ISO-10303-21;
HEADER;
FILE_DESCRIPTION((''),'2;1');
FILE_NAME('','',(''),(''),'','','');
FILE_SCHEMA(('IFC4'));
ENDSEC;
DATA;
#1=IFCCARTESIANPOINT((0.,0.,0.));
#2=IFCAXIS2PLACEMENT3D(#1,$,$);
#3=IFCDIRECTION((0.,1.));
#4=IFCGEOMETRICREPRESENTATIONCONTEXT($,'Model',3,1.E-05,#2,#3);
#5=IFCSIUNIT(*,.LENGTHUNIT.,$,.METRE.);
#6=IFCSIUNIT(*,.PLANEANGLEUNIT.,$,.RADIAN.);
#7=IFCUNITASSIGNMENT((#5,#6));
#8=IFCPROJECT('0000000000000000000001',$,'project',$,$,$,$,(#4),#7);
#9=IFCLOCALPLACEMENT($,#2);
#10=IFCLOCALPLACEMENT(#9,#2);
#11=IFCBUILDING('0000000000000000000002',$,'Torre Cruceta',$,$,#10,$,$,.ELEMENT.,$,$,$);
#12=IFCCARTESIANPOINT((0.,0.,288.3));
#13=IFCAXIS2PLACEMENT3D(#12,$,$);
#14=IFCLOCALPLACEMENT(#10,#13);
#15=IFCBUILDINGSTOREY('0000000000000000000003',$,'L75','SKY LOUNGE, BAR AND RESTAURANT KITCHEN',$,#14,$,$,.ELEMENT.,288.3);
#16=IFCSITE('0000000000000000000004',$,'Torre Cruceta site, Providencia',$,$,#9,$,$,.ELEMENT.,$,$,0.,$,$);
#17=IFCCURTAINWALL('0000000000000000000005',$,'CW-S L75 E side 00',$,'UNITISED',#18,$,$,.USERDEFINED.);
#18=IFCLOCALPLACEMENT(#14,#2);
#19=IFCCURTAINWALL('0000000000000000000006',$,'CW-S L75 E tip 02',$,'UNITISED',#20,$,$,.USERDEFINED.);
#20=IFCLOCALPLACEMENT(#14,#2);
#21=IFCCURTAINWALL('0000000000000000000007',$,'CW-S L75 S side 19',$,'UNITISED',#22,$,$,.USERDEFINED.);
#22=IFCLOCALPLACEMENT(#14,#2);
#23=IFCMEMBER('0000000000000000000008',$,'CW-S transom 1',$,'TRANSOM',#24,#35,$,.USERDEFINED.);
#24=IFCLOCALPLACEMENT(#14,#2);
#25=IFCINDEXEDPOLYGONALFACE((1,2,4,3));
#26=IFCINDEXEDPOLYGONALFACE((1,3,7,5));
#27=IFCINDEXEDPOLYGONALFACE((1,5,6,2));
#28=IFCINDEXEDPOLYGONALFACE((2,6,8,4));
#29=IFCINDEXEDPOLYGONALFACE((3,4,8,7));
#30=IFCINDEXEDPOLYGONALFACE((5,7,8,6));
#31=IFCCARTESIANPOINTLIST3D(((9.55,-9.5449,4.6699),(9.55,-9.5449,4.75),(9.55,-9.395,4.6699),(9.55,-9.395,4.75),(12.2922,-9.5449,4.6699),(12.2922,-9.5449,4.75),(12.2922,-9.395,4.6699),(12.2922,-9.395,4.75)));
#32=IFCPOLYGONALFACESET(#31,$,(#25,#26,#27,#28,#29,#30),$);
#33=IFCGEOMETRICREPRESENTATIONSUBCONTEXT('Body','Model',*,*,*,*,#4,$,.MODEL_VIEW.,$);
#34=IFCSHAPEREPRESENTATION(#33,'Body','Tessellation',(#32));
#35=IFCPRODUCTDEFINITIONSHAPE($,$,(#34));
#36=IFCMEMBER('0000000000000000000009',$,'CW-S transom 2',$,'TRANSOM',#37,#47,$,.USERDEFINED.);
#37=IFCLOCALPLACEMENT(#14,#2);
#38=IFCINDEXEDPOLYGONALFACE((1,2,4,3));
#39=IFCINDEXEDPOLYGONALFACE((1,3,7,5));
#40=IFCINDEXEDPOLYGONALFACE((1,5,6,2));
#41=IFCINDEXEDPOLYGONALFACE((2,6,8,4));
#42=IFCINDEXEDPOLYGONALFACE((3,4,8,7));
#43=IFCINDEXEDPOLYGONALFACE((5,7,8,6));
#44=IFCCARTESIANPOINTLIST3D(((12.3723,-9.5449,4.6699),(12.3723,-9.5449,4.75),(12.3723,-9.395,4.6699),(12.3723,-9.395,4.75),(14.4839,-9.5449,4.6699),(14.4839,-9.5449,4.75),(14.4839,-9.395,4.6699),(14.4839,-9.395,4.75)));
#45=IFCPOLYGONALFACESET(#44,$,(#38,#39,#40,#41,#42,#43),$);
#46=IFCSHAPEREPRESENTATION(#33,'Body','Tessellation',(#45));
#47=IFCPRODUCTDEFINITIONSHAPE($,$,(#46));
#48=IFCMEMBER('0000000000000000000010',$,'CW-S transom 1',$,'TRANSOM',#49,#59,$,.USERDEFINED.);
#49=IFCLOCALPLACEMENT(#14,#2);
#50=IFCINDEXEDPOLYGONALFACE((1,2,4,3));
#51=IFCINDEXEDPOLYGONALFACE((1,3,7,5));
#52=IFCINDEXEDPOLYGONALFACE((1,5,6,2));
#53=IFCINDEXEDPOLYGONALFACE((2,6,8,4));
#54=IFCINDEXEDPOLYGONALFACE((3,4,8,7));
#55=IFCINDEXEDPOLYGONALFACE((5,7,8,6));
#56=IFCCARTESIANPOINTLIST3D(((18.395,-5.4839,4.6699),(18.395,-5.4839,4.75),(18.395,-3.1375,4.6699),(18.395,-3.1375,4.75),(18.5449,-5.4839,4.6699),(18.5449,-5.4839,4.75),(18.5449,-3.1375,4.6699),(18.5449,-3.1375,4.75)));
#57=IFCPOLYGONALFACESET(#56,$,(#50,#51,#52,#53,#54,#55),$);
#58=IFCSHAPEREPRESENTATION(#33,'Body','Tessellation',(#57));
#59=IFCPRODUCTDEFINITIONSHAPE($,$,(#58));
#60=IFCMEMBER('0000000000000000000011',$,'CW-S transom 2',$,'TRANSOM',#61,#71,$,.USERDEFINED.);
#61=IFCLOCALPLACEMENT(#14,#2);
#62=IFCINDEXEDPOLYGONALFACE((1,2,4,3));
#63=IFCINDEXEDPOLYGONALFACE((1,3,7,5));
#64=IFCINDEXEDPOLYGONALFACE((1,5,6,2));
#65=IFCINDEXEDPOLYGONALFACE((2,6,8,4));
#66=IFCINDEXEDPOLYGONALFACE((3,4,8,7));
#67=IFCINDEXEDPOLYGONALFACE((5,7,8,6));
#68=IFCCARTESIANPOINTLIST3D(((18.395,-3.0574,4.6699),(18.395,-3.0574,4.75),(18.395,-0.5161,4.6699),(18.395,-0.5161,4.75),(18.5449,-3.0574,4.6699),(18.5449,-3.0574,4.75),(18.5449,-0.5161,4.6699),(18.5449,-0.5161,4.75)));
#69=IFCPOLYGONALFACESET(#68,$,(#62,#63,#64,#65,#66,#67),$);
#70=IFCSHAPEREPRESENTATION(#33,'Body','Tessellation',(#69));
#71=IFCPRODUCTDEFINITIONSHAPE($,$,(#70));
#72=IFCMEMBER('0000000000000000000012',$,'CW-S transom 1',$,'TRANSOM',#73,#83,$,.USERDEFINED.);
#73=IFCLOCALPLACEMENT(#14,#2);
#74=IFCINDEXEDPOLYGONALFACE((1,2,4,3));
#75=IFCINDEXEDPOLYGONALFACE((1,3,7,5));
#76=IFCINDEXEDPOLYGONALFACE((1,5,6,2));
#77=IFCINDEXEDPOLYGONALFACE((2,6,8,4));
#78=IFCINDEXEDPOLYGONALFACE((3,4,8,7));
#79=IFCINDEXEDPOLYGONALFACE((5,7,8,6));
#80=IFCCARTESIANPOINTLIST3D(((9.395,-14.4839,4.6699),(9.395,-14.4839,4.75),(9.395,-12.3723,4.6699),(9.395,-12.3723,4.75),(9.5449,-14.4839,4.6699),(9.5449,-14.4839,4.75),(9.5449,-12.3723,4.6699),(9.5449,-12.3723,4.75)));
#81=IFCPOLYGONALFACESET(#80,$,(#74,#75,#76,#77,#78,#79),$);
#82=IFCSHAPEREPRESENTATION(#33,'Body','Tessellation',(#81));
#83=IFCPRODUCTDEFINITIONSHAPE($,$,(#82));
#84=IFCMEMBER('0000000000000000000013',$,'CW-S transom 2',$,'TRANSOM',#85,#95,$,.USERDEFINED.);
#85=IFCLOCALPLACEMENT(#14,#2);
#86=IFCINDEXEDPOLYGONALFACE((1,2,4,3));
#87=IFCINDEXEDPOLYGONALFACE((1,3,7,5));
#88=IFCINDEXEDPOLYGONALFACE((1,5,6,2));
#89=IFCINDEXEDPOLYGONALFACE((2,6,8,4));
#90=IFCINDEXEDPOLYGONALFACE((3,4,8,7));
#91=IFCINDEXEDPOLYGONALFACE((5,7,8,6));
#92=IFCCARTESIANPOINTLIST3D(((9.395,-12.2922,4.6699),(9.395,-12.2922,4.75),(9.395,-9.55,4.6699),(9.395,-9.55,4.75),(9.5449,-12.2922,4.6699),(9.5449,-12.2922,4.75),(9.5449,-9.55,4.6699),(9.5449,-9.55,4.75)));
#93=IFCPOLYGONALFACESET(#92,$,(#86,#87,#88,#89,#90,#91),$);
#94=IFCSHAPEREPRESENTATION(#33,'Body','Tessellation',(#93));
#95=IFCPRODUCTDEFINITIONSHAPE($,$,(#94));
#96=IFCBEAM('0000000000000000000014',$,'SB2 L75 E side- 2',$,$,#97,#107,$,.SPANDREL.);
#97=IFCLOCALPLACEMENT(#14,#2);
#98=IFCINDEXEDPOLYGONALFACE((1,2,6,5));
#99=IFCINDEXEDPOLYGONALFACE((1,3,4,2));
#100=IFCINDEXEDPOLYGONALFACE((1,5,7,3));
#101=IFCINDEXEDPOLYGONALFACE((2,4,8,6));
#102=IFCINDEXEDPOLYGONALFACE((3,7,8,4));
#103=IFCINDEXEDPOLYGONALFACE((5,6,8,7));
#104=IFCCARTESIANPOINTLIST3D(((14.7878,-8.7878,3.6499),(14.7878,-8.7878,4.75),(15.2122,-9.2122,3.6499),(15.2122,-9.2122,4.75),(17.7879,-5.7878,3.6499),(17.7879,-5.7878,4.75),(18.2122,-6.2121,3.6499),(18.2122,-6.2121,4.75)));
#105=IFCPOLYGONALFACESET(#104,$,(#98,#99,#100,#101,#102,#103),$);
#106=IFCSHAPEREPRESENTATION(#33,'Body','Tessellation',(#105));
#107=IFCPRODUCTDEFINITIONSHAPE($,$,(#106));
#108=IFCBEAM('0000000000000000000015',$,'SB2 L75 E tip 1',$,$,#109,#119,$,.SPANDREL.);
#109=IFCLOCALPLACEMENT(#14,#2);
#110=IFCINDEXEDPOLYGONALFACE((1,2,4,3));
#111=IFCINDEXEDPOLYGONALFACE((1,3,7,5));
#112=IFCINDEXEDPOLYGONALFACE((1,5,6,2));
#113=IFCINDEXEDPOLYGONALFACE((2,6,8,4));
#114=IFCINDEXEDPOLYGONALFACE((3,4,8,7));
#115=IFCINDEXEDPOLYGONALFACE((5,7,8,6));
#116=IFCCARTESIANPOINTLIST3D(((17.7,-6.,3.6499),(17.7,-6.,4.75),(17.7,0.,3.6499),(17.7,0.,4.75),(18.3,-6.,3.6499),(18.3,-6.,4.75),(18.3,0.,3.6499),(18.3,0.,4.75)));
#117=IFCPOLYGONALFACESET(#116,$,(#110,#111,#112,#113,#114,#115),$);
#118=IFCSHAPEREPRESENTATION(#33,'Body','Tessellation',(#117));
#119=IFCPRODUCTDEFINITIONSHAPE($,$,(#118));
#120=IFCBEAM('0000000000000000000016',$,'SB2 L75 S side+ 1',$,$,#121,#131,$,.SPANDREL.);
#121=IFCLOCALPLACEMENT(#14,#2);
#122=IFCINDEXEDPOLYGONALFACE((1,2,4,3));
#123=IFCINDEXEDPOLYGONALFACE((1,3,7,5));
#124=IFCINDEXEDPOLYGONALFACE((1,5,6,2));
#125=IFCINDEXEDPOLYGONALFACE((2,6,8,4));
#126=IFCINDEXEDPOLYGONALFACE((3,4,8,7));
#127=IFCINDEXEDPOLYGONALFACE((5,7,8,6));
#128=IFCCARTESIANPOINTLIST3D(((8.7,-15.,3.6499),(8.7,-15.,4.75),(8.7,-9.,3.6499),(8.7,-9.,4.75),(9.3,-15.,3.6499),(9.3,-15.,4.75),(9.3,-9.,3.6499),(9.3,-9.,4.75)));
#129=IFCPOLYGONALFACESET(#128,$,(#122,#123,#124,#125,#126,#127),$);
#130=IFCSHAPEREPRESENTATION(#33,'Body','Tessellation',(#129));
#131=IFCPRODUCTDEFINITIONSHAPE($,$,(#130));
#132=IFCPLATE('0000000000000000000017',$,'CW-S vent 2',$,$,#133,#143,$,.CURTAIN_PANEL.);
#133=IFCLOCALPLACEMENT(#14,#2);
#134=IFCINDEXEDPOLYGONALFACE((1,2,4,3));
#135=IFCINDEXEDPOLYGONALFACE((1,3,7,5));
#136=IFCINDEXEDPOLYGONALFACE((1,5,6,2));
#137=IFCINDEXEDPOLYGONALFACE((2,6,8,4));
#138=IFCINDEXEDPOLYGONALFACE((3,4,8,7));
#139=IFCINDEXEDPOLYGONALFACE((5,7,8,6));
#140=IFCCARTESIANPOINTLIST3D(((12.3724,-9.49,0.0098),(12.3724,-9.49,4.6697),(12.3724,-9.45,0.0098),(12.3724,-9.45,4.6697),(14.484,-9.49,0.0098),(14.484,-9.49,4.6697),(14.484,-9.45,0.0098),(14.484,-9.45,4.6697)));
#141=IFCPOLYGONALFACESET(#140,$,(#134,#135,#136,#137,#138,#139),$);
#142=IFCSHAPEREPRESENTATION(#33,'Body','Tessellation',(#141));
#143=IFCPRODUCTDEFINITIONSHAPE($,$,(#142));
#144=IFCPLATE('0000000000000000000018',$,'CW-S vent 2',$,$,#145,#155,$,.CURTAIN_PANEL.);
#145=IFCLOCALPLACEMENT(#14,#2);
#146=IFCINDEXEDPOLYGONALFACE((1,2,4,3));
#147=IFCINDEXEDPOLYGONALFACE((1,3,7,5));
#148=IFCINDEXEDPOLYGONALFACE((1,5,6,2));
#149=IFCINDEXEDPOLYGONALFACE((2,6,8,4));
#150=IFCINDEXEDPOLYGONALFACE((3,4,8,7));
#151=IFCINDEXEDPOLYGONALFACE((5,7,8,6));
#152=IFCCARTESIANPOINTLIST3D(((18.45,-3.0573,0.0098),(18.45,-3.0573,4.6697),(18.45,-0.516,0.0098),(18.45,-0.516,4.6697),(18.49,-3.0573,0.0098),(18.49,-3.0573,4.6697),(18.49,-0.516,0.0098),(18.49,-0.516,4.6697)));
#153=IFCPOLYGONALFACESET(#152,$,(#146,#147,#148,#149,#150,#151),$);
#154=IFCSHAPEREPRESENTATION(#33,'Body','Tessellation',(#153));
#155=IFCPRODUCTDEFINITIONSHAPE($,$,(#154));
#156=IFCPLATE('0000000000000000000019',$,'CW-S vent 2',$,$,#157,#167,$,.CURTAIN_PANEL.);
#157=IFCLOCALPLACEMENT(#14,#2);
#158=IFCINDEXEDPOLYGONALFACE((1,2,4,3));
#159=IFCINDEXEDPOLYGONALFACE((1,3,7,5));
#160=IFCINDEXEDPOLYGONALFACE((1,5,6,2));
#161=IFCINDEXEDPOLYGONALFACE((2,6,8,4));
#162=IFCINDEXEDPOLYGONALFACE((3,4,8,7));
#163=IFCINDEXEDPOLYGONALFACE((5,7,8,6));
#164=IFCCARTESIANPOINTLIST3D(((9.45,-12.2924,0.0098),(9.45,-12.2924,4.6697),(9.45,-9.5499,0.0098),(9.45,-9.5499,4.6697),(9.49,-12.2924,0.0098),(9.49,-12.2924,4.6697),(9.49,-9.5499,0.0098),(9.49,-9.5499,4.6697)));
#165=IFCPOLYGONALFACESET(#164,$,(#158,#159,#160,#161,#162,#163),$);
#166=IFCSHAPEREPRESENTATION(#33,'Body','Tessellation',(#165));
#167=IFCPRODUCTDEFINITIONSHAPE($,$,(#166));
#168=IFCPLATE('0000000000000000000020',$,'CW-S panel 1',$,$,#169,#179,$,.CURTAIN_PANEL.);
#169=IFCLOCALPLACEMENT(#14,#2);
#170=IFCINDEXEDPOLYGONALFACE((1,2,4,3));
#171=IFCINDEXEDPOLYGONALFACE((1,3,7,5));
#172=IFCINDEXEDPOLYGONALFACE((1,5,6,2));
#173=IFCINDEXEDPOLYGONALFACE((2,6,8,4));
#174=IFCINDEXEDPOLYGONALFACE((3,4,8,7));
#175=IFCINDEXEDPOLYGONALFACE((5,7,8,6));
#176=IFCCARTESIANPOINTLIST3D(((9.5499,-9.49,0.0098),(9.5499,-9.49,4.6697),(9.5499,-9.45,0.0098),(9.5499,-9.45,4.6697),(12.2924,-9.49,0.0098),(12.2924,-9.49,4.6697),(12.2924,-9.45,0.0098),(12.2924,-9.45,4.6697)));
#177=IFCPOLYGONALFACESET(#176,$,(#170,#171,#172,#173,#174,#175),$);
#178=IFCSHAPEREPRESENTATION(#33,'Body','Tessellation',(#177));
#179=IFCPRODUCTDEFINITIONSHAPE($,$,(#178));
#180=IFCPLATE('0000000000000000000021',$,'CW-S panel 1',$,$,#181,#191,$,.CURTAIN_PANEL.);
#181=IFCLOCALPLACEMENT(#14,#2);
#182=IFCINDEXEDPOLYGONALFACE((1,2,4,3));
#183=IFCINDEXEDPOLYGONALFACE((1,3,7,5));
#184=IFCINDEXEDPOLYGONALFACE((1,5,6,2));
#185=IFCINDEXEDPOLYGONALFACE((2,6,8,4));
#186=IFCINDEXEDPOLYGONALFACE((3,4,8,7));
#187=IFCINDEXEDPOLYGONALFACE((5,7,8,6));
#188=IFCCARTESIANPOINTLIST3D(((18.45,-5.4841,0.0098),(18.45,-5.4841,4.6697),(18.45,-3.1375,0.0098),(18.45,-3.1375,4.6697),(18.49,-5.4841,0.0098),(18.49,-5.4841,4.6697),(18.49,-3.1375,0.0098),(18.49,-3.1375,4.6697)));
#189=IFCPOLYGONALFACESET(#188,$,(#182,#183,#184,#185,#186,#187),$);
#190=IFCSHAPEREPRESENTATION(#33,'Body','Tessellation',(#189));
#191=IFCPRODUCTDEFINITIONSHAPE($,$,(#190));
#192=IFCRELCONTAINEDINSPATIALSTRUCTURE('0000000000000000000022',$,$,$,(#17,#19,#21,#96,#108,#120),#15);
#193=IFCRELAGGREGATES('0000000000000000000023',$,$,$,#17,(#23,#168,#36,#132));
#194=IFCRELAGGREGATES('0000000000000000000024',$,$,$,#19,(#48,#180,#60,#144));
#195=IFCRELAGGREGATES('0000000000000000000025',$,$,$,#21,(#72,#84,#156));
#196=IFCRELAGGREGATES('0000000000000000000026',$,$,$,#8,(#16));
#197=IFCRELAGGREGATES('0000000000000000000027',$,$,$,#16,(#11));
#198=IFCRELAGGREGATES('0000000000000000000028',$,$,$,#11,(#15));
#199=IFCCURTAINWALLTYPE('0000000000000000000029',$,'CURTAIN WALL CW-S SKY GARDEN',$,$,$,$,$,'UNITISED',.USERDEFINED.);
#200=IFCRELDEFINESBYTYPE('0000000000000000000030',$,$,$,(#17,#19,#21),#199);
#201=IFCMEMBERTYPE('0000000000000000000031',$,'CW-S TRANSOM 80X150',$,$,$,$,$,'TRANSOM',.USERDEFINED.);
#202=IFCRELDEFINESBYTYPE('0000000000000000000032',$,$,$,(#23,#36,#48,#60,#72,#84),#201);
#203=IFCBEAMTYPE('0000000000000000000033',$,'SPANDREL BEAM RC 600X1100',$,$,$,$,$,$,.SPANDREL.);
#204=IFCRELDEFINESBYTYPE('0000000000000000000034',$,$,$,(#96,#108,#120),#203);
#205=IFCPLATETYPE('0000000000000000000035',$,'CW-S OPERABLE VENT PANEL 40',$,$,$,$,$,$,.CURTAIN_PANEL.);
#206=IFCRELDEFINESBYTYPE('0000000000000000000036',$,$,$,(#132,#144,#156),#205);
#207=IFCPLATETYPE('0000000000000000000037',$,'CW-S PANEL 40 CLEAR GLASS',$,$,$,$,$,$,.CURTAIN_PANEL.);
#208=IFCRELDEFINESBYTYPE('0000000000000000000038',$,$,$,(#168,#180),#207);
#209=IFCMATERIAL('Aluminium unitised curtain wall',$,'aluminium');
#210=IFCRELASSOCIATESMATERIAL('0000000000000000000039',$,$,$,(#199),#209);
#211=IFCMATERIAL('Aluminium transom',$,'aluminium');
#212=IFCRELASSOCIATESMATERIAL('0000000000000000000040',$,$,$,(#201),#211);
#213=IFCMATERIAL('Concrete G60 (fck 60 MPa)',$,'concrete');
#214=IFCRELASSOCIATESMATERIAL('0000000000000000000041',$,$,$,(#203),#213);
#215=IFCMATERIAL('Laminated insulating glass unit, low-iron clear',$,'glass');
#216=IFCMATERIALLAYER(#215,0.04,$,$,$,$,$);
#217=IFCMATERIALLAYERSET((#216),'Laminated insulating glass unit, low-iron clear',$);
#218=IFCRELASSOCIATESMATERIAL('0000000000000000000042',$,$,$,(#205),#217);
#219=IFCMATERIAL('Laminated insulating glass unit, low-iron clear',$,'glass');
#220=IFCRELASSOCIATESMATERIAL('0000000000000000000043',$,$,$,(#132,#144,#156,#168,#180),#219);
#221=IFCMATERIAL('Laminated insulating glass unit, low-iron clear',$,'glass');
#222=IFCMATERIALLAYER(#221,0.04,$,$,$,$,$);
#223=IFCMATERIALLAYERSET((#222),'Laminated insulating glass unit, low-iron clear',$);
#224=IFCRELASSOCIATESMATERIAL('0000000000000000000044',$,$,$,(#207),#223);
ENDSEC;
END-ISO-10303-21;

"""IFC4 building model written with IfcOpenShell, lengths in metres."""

from ifc_helpers import new_model, si_unit, direction, frame, origin, origin_2d, place, context, subcontext, project, spatial, rectangle, extrude, material, layer, layer_set, material_profile, profile_set, type_object, element, aggregate, save


model = new_model("IFC4")

# Units and contexts
model_context = context("Model", 3, precision=1e-05, world=origin(), true_north=direction((0.0, 1.0)))
body_context = subcontext(model_context, "Body", "Model", "MODEL_VIEW")
ifc_project = project(units=[si_unit("LENGTHUNIT", "METRE"), si_unit("PLANEANGLEUNIT", "RADIAN")], contexts=[model_context])

# Site, building, storey
site_placement = place(None, origin())
site = spatial("IfcSite", under=ifc_project, at=site_placement, Name="Torre Cruceta site, Providencia", CompositionType="ELEMENT", RefElevation=0.0)
building_placement = place(site_placement, origin())
building = spatial("IfcBuilding", under=site, at=building_placement, Name="Torre Cruceta", CompositionType="ELEMENT")
storey_placement = place(building_placement, frame((0.0, 0.0, 288.3)))
storey = spatial("IfcBuildingStorey", under=building, at=storey_placement, Name="L75", Description="SKY LOUNGE, BAR AND RESTAURANT KITCHEN", CompositionType="ELEMENT", Elevation=288.3)

# Curtain walls
ifc_material_1 = material(Name="Aluminium unitised curtain wall", Category="aluminium")
curtain_wall_type = type_object("IfcCurtainWallType", Name="CURTAIN WALL CW-S SKY GARDEN", ElementType="UNITISED", PredefinedType="USERDEFINED", material=ifc_material_1)
curtain_wall_1_placement = place(storey_placement, origin())
curtain_wall_1 = element("IfcCurtainWall", 1, at=curtain_wall_1_placement, inside=storey, type_object=curtain_wall_type, Name="CW-S L75 E side 00", ObjectType="UNITISED", PredefinedType="USERDEFINED")
curtain_wall_2_placement = place(storey_placement, origin())
curtain_wall_2 = element("IfcCurtainWall", 2, at=curtain_wall_2_placement, inside=storey, type_object=curtain_wall_type, Name="CW-S L75 E tip 02", ObjectType="UNITISED", PredefinedType="USERDEFINED")
curtain_wall_3_placement = place(storey_placement, origin())
curtain_wall_3 = element("IfcCurtainWall", 3, at=curtain_wall_3_placement, inside=storey, type_object=curtain_wall_type, Name="CW-S L75 S side 19", ObjectType="UNITISED", PredefinedType="USERDEFINED")

# Members
ifc_material_2 = material(Name="Aluminium transom", Category="aluminium")
ifc_material_profile_1 = material_profile(ifc_material_2, rectangle(XDim=0.1499, YDim=0.0801, at=origin_2d()), Name="AL 150X80")
ifc_profile_set_1 = profile_set([ifc_material_profile_1], Name="Aluminium transom")
member_type_1 = type_object("IfcMemberType", Name="CW-S TRANSOM 80X150", ElementType="TRANSOM", PredefinedType="USERDEFINED", material=ifc_profile_set_1)
member_1_placement = place(storey_placement, frame((9.55, -9.47, 4.71), z_axis=(1.0, 0.0, 0.0), x_axis=(0.0, 1.0, 0.0)))
member_1 = element("IfcMember", 4, at=member_1_placement, type_object=member_type_1, Name="CW-S transom 1", ObjectType="TRANSOM", PredefinedType="USERDEFINED", context=body_context, shape_type="SweptSolid", body=[
    extrude(rectangle(XDim=0.1499, YDim=0.0801, at=origin_2d()), origin(), (0.0, 0.0, 1.0), 2.7422),
])
member_2_placement = place(storey_placement, frame((12.3723, -9.47, 4.71), z_axis=(1.0, 0.0, 0.0), x_axis=(0.0, 1.0, 0.0)))
member_2 = element("IfcMember", 5, at=member_2_placement, type_object=member_type_1, Name="CW-S transom 2", ObjectType="TRANSOM", PredefinedType="USERDEFINED", context=body_context, shape_type="SweptSolid", body=[
    extrude(rectangle(XDim=0.1499, YDim=0.0801, at=origin_2d()), origin(), (0.0, 0.0, 1.0), 2.1116),
])
member_3_placement = place(storey_placement, frame((18.47, -5.4839, 4.71), z_axis=(0.0, 1.0, 0.0), x_axis=(-1.0, 0.0, 0.0)))
member_3 = element("IfcMember", 6, at=member_3_placement, type_object=member_type_1, Name="CW-S transom 1", ObjectType="TRANSOM", PredefinedType="USERDEFINED", context=body_context, shape_type="SweptSolid", body=[
    extrude(rectangle(XDim=0.1499, YDim=0.0801, at=origin_2d()), origin(), (0.0, 0.0, 1.0), 2.3464),
])
member_4_placement = place(storey_placement, frame((18.47, -3.0574, 4.71), z_axis=(0.0, 1.0, 0.0), x_axis=(-1.0, 0.0, 0.0)))
member_4 = element("IfcMember", 7, at=member_4_placement, type_object=member_type_1, Name="CW-S transom 2", ObjectType="TRANSOM", PredefinedType="USERDEFINED", context=body_context, shape_type="SweptSolid", body=[
    extrude(rectangle(XDim=0.1499, YDim=0.0801, at=origin_2d()), origin(), (0.0, 0.0, 1.0), 2.5413),
])
member_5_placement = place(storey_placement, frame((9.47, -14.4839, 4.71), z_axis=(0.0, 1.0, 0.0), x_axis=(-1.0, 0.0, 0.0)))
member_5 = element("IfcMember", 8, at=member_5_placement, type_object=member_type_1, Name="CW-S transom 1", ObjectType="TRANSOM", PredefinedType="USERDEFINED", context=body_context, shape_type="SweptSolid", body=[
    extrude(rectangle(XDim=0.1499, YDim=0.0801, at=origin_2d()), origin(), (0.0, 0.0, 1.0), 2.1116),
])
member_6_placement = place(storey_placement, frame((9.47, -12.2922, 4.71), z_axis=(0.0, 1.0, 0.0), x_axis=(-1.0, 0.0, 0.0)))
member_6 = element("IfcMember", 9, at=member_6_placement, type_object=member_type_1, Name="CW-S transom 2", ObjectType="TRANSOM", PredefinedType="USERDEFINED", context=body_context, shape_type="SweptSolid", body=[
    extrude(rectangle(XDim=0.1499, YDim=0.0801, at=origin_2d()), origin(), (0.0, 0.0, 1.0), 2.7422),
])

# Beams
ifc_material_3 = material(Name="Concrete G60 (fck 60 MPa)", Category="concrete")
ifc_material_profile_2 = material_profile(ifc_material_3, rectangle(XDim=0.6001, YDim=1.1001, at=origin_2d()), Name="RC 600X1100")
ifc_profile_set_2 = profile_set([ifc_material_profile_2], Name="Concrete G60 (fck 60 MPa)")
beam_type_1 = type_object("IfcBeamType", Name="SPANDREL BEAM RC 600X1100", PredefinedType="SPANDREL", material=ifc_profile_set_2)
beam_1_placement = place(storey_placement, frame((15.0, -9.0, 4.2), z_axis=(0.707107, 0.707107, 0.0), x_axis=(-0.707107, 0.707107, 0.0)))
element("IfcBeam", 10, at=beam_1_placement, inside=storey, type_object=beam_type_1, Name="SB2 L75 E side- 2", PredefinedType="SPANDREL", context=body_context, shape_type="SweptSolid", body=[
    extrude(rectangle(XDim=0.6001, YDim=1.1001, at=origin_2d()), origin(), (0.0, 0.0, 1.0), 4.2427),
])
for number, where, z_axis, x_axis, name in (
    (11, (18.0, -6.0, 4.2), (0.0, 1.0, 0.0), (-1.0, 0.0, 0.0), "SB2 L75 E tip 1"),
    (12, (9.0, -9.0, 4.2), (0.0, -1.0, 0.0), (1.0, 0.0, 0.0), "SB2 L75 S side+ 1"),
):
    element("IfcBeam", number, at=place(storey_placement, frame(where, z_axis=z_axis, x_axis=x_axis)), inside=storey, type_object=beam_type_1, Name=name, PredefinedType="SPANDREL", context=body_context, shape_type="SweptSolid", body=[
        extrude(rectangle(XDim=0.6001, YDim=1.1001, at=origin_2d()), origin(), (0.0, 0.0, 1.0), 6.0),
    ])

# Plates
ifc_material_4 = material(Name="Laminated insulating glass unit, low-iron clear", Category="glass")
ifc_material_5 = material(Name="Laminated insulating glass unit, low-iron clear", Category="glass")
ifc_layer_1 = layer(ifc_material_5, 0.04)
ifc_layer_set_1 = layer_set([ifc_layer_1], Name="Laminated insulating glass unit, low-iron clear")
plate_type_1 = type_object("IfcPlateType", Name="CW-S OPERABLE VENT PANEL 40", PredefinedType="CURTAIN_PANEL", material=ifc_layer_set_1)
plate_1_placement = place(storey_placement, frame((13.4282, -9.47, 0.0098), z_axis=(0.0, 0.0, 1.0), x_axis=(1.0, 0.0, 0.0)))
plate_1 = element("IfcPlate", 13, at=plate_1_placement, type_object=plate_type_1, material=ifc_material_4, Name="CW-S vent 2", PredefinedType="CURTAIN_PANEL", context=body_context, shape_type="SweptSolid", body=[
    extrude(rectangle(XDim=2.1116, YDim=0.04, at=origin_2d()), origin(), (0.0, 0.0, 1.0), 4.6599),
])
plate_2_placement = place(storey_placement, frame((18.47, -1.7866, 0.0098), z_axis=(0.0, 0.0, 1.0), x_axis=(0.0, 1.0, 0.0)))
plate_2 = element("IfcPlate", 14, at=plate_2_placement, type_object=plate_type_1, material=ifc_material_4, Name="CW-S vent 2", PredefinedType="CURTAIN_PANEL", context=body_context, shape_type="SweptSolid", body=[
    extrude(rectangle(XDim=2.5413, YDim=0.04, at=origin_2d()), origin(), (0.0, 0.0, 1.0), 4.6599),
])
plate_3_placement = place(storey_placement, frame((9.47, -10.9211, 0.0098), z_axis=(0.0, 0.0, 1.0), x_axis=(0.0, 1.0, 0.0)))
plate_3 = element("IfcPlate", 15, at=plate_3_placement, type_object=plate_type_1, material=ifc_material_4, Name="CW-S vent 2", PredefinedType="CURTAIN_PANEL", context=body_context, shape_type="SweptSolid", body=[
    extrude(rectangle(XDim=2.7424, YDim=0.04, at=origin_2d()), origin(), (0.0, 0.0, 1.0), 4.6599),
])
ifc_material_6 = material(Name="Laminated insulating glass unit, low-iron clear", Category="glass")
ifc_layer_2 = layer(ifc_material_6, 0.04)
ifc_layer_set_2 = layer_set([ifc_layer_2], Name="Laminated insulating glass unit, low-iron clear")
plate_type_2 = type_object("IfcPlateType", Name="CW-S PANEL 40 CLEAR GLASS", PredefinedType="CURTAIN_PANEL", material=ifc_layer_set_2)
plate_4_placement = place(storey_placement, frame((10.9211, -9.47, 0.0098), z_axis=(0.0, 0.0, 1.0), x_axis=(1.0, 0.0, 0.0)))
plate_4 = element("IfcPlate", 16, at=plate_4_placement, type_object=plate_type_2, material=ifc_material_4, Name="CW-S panel 1", PredefinedType="CURTAIN_PANEL", context=body_context, shape_type="SweptSolid", body=[
    extrude(rectangle(XDim=2.7424, YDim=0.04, at=origin_2d()), origin(), (0.0, 0.0, 1.0), 4.6599),
])
aggregate(curtain_wall_1, [member_1, plate_4, member_2, plate_1])
plate_5_placement = place(storey_placement, frame((18.47, -4.3108, 0.0098), z_axis=(0.0, 0.0, 1.0), x_axis=(0.0, 1.0, 0.0)))
plate_5 = element("IfcPlate", 17, at=plate_5_placement, type_object=plate_type_2, material=ifc_material_4, Name="CW-S panel 1", PredefinedType="CURTAIN_PANEL", context=body_context, shape_type="SweptSolid", body=[
    extrude(rectangle(XDim=2.3467, YDim=0.04, at=origin_2d()), origin(), (0.0, 0.0, 1.0), 4.6599),
])
aggregate(curtain_wall_2, [member_3, plate_5, member_4, plate_2])
aggregate(curtain_wall_3, [member_5, member_6, plate_3])

save(model, "model.ifc")
